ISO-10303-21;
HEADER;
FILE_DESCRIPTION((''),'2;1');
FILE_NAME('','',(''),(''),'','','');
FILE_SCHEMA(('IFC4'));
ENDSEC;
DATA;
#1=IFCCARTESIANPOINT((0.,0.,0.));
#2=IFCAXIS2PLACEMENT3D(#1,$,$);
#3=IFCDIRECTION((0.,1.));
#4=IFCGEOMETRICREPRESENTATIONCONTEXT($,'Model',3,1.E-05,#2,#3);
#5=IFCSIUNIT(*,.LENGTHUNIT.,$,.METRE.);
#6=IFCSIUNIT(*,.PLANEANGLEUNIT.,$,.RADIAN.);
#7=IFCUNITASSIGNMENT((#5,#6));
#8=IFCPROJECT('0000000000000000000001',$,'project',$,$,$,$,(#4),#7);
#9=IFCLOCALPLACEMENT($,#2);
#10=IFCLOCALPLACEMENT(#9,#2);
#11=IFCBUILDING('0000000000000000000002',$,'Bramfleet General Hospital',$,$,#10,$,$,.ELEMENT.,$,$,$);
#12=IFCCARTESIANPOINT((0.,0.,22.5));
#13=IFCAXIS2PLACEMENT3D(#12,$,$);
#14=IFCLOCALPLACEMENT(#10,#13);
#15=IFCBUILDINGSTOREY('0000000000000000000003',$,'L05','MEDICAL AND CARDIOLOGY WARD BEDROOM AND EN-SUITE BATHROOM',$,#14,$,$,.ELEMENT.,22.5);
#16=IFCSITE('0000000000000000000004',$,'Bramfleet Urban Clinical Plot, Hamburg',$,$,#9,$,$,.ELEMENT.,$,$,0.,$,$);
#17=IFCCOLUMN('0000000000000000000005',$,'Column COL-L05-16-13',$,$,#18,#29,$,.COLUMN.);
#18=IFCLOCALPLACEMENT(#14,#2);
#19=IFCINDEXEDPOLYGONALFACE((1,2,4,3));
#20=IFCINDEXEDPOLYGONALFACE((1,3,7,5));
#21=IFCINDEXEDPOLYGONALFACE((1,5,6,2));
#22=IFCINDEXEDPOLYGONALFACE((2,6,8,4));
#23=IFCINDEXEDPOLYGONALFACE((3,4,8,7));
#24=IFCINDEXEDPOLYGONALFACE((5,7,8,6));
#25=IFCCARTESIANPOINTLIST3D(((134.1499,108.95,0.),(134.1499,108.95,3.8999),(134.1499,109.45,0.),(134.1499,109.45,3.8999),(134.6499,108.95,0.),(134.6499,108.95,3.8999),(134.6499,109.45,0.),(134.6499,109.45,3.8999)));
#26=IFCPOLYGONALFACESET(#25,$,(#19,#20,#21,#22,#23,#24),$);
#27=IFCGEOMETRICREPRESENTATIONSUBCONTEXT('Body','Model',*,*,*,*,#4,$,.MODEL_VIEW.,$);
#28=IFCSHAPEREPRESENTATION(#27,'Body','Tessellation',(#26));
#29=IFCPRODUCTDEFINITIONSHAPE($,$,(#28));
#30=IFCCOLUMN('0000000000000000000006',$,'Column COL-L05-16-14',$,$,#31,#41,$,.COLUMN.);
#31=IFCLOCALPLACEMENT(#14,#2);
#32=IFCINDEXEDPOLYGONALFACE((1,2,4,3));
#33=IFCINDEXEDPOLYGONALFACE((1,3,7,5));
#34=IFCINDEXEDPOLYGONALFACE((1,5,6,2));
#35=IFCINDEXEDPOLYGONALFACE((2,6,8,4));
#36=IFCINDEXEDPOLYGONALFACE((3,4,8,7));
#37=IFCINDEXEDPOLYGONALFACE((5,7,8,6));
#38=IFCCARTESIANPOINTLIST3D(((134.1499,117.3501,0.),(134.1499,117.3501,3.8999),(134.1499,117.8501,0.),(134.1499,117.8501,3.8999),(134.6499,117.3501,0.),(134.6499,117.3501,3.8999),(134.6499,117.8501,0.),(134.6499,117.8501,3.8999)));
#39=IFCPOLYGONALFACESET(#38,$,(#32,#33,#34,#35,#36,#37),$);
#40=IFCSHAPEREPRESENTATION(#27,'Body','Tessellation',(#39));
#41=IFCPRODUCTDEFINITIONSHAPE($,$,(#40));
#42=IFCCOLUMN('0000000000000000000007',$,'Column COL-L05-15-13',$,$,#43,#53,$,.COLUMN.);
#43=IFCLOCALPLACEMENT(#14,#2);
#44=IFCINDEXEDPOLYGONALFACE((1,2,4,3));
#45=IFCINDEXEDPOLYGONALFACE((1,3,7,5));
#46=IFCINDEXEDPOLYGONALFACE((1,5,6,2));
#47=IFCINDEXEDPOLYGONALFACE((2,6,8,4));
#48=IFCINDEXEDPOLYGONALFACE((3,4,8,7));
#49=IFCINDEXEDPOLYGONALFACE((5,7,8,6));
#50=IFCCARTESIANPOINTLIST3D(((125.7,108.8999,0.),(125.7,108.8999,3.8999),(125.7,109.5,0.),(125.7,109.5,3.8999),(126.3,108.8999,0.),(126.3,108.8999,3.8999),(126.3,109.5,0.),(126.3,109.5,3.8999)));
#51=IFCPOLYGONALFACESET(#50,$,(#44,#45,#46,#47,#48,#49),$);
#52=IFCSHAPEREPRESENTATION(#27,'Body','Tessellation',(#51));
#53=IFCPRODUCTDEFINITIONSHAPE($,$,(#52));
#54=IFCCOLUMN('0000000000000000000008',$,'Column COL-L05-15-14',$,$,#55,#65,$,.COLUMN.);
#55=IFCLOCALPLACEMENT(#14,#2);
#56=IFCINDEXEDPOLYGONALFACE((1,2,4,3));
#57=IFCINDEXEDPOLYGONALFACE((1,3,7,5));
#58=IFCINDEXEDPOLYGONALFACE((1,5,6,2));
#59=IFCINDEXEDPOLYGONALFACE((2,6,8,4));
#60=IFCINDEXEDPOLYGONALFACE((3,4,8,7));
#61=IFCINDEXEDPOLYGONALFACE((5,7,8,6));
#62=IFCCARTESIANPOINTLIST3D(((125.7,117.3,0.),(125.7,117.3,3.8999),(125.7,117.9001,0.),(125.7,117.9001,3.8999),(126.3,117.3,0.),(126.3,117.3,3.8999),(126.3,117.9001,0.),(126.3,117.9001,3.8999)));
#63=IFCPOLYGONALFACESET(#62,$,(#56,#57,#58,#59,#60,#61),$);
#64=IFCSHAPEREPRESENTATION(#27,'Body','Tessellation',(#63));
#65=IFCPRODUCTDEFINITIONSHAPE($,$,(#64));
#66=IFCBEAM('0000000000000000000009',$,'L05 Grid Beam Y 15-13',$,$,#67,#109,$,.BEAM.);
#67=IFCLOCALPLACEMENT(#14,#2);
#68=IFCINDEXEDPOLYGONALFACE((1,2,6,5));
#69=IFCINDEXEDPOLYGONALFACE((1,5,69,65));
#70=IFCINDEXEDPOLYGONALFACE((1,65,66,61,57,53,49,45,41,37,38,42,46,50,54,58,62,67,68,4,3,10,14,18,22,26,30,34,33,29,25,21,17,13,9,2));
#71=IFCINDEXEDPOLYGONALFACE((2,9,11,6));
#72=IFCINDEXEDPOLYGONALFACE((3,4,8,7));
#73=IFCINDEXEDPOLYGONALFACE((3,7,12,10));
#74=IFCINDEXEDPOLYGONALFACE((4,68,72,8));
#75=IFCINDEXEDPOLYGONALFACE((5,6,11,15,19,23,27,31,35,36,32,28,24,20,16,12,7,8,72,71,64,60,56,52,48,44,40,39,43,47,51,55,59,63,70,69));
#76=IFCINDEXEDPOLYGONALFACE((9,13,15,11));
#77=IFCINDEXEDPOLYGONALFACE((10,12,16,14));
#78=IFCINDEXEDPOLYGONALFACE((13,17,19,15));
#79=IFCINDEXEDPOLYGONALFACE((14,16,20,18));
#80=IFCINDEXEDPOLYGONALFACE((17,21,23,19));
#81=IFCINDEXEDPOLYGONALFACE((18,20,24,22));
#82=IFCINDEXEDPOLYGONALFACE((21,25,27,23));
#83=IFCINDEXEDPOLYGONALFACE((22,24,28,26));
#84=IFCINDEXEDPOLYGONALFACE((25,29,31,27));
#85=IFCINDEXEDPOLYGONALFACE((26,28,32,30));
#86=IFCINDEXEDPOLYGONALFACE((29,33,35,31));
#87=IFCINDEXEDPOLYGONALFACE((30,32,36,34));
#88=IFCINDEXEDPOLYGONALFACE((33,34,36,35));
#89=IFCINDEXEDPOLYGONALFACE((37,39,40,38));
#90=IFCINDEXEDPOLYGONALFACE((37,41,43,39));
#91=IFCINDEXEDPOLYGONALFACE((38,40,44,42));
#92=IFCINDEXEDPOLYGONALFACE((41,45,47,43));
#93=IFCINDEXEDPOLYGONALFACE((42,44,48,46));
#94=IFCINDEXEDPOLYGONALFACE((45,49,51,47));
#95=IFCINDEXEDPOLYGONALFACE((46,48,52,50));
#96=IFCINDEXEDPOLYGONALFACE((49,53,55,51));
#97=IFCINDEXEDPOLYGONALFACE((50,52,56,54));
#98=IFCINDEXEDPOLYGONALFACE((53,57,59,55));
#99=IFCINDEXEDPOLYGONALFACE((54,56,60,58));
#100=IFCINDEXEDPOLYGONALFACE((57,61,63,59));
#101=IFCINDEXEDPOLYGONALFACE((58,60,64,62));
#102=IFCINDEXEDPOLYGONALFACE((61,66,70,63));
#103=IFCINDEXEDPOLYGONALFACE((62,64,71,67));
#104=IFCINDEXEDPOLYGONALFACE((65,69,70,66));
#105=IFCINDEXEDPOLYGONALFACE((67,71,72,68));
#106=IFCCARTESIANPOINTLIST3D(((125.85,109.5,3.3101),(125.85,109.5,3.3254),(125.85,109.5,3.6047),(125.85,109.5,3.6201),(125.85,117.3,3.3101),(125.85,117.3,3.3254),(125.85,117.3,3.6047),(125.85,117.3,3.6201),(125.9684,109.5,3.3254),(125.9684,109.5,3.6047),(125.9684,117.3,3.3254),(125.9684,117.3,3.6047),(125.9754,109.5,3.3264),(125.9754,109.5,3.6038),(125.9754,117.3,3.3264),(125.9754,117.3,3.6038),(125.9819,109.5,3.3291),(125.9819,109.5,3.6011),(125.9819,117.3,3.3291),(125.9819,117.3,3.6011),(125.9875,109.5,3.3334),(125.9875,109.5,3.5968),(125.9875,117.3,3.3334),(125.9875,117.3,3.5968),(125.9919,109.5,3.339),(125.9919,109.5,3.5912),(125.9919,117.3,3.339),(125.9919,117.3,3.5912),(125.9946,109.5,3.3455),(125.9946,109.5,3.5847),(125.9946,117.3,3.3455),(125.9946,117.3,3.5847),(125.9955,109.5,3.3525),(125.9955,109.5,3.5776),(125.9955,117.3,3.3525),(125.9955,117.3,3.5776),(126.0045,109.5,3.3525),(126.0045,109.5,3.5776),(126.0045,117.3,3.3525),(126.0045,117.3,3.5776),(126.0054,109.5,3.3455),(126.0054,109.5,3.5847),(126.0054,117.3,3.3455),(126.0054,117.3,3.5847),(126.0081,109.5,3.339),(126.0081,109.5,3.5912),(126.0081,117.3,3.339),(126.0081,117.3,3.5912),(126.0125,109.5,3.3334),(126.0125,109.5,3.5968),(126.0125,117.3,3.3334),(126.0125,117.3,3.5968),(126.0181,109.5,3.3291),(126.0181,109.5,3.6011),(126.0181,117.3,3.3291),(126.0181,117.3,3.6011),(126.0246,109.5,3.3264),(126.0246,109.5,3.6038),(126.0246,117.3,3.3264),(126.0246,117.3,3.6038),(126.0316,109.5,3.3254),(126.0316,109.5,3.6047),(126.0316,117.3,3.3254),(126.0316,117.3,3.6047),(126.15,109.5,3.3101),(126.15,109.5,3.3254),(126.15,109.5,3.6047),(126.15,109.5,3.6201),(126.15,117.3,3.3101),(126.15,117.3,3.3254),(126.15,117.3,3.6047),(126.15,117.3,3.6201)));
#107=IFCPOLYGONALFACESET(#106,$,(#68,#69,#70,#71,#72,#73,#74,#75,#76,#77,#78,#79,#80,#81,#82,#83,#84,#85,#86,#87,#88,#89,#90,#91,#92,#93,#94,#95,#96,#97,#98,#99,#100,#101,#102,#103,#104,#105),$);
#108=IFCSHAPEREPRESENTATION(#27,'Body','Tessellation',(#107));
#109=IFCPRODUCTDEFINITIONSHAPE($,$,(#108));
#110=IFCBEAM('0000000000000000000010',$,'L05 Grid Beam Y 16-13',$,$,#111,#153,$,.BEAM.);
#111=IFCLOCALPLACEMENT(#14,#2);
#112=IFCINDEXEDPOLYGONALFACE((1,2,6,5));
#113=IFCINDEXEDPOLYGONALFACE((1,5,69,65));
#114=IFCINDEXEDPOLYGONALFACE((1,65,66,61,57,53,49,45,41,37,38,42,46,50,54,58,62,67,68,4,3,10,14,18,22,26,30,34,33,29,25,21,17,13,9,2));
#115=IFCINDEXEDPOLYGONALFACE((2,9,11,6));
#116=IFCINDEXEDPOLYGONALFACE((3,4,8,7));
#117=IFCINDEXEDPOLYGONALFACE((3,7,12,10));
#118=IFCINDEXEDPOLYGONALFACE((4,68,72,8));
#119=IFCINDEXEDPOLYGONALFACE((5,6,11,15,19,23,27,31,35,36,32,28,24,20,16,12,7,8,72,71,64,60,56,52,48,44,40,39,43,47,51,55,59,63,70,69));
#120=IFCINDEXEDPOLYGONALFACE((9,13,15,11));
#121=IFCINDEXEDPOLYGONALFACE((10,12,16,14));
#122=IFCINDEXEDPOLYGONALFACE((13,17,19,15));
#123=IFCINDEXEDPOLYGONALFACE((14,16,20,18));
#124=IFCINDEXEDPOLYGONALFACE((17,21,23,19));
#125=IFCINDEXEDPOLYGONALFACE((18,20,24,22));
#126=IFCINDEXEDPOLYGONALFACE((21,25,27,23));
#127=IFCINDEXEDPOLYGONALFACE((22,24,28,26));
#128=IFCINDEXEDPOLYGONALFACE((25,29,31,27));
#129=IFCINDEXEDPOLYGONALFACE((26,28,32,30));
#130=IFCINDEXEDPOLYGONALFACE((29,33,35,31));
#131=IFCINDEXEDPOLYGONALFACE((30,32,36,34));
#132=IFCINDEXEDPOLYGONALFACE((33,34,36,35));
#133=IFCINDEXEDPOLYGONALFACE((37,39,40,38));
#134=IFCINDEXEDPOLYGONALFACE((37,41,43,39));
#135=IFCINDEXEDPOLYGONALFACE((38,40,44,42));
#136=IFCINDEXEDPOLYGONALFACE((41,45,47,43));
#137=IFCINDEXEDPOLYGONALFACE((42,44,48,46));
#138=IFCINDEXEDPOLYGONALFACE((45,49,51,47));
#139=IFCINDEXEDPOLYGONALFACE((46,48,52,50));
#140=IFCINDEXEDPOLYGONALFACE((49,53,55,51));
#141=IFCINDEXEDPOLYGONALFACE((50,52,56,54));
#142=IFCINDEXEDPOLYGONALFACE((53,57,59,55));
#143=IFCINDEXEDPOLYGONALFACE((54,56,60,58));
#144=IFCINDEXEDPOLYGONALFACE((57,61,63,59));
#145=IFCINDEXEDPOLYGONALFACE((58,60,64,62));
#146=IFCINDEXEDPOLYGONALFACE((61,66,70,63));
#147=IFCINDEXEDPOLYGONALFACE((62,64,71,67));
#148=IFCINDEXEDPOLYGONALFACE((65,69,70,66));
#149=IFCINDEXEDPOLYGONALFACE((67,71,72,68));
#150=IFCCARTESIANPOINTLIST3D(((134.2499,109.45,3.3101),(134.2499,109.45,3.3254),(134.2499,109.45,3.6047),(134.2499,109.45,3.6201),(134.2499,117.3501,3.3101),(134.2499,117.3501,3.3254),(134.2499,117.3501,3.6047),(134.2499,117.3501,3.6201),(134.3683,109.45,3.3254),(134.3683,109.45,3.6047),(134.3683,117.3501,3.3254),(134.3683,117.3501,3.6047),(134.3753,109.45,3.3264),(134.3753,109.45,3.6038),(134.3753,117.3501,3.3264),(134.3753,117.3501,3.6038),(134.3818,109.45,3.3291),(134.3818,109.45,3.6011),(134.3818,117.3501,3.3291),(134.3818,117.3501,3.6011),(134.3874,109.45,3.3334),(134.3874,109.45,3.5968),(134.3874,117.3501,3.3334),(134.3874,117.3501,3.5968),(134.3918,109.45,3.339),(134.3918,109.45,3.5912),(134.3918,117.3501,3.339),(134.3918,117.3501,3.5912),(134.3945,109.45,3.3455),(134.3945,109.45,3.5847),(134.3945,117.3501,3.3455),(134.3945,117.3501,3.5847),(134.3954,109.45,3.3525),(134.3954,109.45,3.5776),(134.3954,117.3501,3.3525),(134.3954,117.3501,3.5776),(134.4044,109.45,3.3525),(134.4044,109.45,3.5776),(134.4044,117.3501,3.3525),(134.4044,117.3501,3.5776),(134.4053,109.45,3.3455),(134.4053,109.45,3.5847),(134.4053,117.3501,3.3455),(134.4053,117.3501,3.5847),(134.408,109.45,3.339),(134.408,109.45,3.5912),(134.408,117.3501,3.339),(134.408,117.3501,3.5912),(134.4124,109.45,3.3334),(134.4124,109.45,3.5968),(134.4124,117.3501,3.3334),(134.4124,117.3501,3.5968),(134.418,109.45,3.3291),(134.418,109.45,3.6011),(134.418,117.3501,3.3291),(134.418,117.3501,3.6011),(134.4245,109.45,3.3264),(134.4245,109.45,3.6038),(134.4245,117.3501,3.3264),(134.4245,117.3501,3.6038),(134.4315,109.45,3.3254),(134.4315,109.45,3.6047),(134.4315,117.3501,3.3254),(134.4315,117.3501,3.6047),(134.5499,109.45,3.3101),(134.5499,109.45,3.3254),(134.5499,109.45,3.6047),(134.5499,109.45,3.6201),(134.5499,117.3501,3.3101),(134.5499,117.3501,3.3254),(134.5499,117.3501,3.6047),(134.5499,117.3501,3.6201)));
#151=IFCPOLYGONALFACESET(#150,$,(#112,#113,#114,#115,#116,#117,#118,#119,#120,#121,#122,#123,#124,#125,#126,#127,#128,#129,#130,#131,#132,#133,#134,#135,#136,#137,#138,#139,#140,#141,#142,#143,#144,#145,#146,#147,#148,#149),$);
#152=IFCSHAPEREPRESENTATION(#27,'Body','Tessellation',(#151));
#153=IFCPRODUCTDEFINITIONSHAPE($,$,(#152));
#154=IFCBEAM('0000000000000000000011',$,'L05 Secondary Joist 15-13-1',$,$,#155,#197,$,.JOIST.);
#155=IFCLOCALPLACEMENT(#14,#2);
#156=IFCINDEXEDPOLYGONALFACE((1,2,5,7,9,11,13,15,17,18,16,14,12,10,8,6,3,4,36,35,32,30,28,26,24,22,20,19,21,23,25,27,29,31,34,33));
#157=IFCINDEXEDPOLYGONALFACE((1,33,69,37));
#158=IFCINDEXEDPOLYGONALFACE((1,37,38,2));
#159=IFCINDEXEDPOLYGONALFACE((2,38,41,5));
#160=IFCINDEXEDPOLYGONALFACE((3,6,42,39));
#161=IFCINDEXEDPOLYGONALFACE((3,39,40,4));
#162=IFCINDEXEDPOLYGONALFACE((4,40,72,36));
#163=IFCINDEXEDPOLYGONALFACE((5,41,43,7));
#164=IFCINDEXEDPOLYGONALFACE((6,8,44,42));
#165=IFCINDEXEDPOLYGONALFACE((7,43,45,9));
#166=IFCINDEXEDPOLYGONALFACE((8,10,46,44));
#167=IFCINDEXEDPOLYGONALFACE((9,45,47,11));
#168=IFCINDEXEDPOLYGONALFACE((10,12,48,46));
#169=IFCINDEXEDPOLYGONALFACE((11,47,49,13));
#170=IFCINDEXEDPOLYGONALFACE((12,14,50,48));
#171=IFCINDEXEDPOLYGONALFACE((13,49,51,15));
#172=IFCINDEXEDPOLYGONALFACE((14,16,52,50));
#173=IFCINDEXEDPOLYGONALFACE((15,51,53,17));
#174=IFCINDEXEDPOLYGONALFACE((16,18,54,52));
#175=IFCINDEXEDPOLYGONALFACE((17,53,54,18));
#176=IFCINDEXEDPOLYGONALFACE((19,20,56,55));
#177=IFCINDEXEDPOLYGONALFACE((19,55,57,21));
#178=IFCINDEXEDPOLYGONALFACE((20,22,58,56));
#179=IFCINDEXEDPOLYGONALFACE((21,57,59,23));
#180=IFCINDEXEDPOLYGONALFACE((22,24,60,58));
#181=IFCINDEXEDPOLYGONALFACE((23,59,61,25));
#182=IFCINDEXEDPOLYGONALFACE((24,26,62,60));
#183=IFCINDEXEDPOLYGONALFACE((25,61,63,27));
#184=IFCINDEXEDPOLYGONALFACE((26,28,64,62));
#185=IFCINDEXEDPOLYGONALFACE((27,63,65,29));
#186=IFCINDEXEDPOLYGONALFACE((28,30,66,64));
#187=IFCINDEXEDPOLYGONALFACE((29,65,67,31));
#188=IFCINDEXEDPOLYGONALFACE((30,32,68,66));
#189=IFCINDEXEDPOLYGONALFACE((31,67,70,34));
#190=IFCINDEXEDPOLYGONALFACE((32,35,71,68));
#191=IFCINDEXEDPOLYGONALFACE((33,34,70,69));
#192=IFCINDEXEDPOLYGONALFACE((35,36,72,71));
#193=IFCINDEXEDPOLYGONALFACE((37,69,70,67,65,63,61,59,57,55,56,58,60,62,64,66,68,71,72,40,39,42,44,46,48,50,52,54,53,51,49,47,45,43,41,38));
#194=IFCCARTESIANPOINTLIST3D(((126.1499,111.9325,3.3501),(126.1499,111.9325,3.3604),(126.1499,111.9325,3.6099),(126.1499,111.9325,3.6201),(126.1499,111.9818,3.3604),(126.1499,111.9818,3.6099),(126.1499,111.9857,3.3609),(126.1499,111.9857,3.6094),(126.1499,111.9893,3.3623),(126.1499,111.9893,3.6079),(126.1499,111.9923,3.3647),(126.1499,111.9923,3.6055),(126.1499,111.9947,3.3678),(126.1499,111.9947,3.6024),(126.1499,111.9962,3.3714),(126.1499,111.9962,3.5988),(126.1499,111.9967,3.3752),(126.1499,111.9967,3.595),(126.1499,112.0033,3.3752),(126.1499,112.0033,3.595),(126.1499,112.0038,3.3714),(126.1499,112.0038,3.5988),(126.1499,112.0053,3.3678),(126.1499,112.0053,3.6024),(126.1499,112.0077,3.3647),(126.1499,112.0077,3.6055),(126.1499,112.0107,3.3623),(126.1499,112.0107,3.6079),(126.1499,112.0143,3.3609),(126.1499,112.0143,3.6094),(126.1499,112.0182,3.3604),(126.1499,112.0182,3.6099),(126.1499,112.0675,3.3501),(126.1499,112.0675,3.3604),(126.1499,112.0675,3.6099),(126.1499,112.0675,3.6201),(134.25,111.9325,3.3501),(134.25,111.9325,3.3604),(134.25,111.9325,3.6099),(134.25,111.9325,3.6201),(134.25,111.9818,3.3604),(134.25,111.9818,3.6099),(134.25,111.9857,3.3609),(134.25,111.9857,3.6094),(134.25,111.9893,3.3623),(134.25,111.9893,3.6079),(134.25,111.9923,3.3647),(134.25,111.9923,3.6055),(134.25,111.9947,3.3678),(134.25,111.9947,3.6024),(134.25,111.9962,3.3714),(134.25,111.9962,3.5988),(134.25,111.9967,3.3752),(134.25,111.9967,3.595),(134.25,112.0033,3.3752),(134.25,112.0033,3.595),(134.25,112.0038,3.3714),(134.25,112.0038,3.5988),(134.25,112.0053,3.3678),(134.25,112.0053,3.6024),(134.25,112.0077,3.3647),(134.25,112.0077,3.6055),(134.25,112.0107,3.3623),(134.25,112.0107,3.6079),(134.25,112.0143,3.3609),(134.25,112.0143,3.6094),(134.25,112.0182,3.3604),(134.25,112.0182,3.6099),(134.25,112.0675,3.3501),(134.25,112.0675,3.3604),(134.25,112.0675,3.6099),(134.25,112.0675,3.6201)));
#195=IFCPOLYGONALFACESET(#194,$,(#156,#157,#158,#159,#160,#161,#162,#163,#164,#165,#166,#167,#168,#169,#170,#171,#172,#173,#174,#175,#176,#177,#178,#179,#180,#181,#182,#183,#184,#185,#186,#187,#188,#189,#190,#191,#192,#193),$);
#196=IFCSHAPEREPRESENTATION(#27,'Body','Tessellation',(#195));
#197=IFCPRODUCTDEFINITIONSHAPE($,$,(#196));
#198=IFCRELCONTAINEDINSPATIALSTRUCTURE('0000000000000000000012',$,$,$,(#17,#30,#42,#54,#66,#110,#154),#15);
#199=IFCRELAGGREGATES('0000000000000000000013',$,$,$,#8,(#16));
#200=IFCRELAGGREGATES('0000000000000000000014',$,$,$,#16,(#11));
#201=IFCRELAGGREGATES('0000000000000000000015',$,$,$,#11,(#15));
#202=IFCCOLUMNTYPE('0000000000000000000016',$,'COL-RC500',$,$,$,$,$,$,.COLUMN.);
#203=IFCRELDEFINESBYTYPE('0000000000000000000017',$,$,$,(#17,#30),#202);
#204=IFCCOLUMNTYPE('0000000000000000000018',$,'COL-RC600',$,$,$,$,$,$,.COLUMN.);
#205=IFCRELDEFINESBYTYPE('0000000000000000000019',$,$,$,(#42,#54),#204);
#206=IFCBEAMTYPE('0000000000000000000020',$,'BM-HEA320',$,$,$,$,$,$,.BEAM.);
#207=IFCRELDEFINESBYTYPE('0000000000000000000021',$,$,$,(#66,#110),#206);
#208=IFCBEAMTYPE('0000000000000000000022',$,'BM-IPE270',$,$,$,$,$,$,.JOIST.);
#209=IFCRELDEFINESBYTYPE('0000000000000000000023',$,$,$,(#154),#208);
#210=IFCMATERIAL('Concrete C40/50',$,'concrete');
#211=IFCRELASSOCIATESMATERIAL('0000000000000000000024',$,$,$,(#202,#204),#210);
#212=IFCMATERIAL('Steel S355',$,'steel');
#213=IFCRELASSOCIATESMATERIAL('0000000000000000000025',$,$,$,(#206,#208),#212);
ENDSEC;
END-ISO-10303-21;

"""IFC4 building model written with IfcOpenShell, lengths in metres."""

from ifc_helpers import new_model, si_unit, direction, frame, origin, origin_2d, place, context, subcontext, project, spatial, rectangle, i_section, extrude, material, material_profile, profile_set, type_object, element, save


model = new_model("IFC4")

# Units and contexts
model_context = context("Model", 3, precision=1e-05, world=origin(), true_north=direction((0.0, 1.0)))
body_context = subcontext(model_context, "Body", "Model", "MODEL_VIEW")
ifc_project = project(units=[si_unit("LENGTHUNIT", "METRE"), si_unit("PLANEANGLEUNIT", "RADIAN")], contexts=[model_context])

# Site, building, storey
site_placement = place(None, origin())
site = spatial("IfcSite", under=ifc_project, at=site_placement, Name="Bramfleet Urban Clinical Plot, Hamburg", CompositionType="ELEMENT", RefElevation=0.0)
building_placement = place(site_placement, origin())
building = spatial("IfcBuilding", under=site, at=building_placement, Name="Bramfleet General Hospital", CompositionType="ELEMENT")
storey_placement = place(building_placement, frame((0.0, 0.0, 22.5)))
storey = spatial("IfcBuildingStorey", under=building, at=storey_placement, Name="L05", Description="MEDICAL AND CARDIOLOGY WARD BEDROOM AND EN-SUITE BATHROOM", CompositionType="ELEMENT", Elevation=22.5)

# Columns
ifc_material_1 = material(Name="Concrete C40/50", Category="concrete")
ifc_material_profile_1 = material_profile(ifc_material_1, rectangle(XDim=0.5, YDim=0.5, at=origin_2d()), Name="RC COL 500x500")
ifc_profile_set_1 = profile_set([ifc_material_profile_1], Name="Concrete C40/50")
column_type_1 = type_object("IfcColumnType", Name="COL-RC500", PredefinedType="COLUMN", material=ifc_profile_set_1)
for number, where, z_axis, x_axis, name in (
    (1, (134.3999, 109.2, 0.0), (0.0, 0.0, 1.0), (1.0, 0.0, 0.0), "Column COL-L05-16-13"),
    (2, (134.3999, 117.6001, 0.0), (0.0, 0.0, 1.0), (1.0, 0.0, 0.0), "Column COL-L05-16-14"),
):
    element("IfcColumn", number, at=place(storey_placement, frame(where, z_axis=z_axis, x_axis=x_axis)), inside=storey, type_object=column_type_1, Name=name, PredefinedType="COLUMN", context=body_context, shape_type="SweptSolid", body=[
        extrude(rectangle(XDim=0.5, YDim=0.5, at=origin_2d()), origin(), (0.0, 0.0, 1.0), 3.8999),
    ])
ifc_material_profile_2 = material_profile(ifc_material_1, rectangle(XDim=0.6001, YDim=0.6001, at=origin_2d()), Name="RC COL 600x600")
ifc_profile_set_2 = profile_set([ifc_material_profile_2], Name="Concrete C40/50")
column_type_2 = type_object("IfcColumnType", Name="COL-RC600", PredefinedType="COLUMN", material=ifc_profile_set_2)
for number, where, z_axis, x_axis, name in (
    (3, (126.0, 109.2, 0.0), (0.0, 0.0, 1.0), (1.0, 0.0, 0.0), "Column COL-L05-15-13"),
    (4, (126.0, 117.6001, 0.0), (0.0, 0.0, 1.0), (1.0, 0.0, 0.0), "Column COL-L05-15-14"),
):
    element("IfcColumn", number, at=place(storey_placement, frame(where, z_axis=z_axis, x_axis=x_axis)), inside=storey, type_object=column_type_2, Name=name, PredefinedType="COLUMN", context=body_context, shape_type="SweptSolid", body=[
        extrude(rectangle(XDim=0.6001, YDim=0.6001, at=origin_2d()), origin(), (0.0, 0.0, 1.0), 3.8999),
    ])

# Beams
ifc_material_2 = material(Name="Steel S355", Category="steel")
ifc_material_profile_3 = material_profile(ifc_material_2, i_section(OverallWidth=0.3, OverallDepth=0.3101, WebThickness=0.009, FlangeThickness=0.0154, FilletRadius=0.0271, at=origin_2d()), Name="HEA 320")
ifc_profile_set_3 = profile_set([ifc_material_profile_3], Name="Steel S355")
beam_type_1 = type_object("IfcBeamType", Name="BM-HEA320", PredefinedType="BEAM", material=ifc_profile_set_3)
beam_1_placement = place(storey_placement, frame((126.0, 109.5, 3.4651), z_axis=(0.0, 1.0, 0.0), x_axis=(-1.0, 0.0, 0.0)))
element("IfcBeam", 5, at=beam_1_placement, inside=storey, type_object=beam_type_1, Name="L05 Grid Beam Y 15-13", PredefinedType="BEAM", context=body_context, shape_type="SweptSolid", body=[
    extrude(i_section(OverallWidth=0.3, OverallDepth=0.3101, WebThickness=0.009, FlangeThickness=0.0154, FilletRadius=0.0271, at=origin_2d()), origin(), (0.0, 0.0, 1.0), 7.8),
])
beam_2_placement = place(storey_placement, frame((134.3999, 109.45, 3.4651), z_axis=(0.0, 1.0, 0.0), x_axis=(-1.0, 0.0, 0.0)))
element("IfcBeam", 6, at=beam_2_placement, inside=storey, type_object=beam_type_1, Name="L05 Grid Beam Y 16-13", PredefinedType="BEAM", context=body_context, shape_type="SweptSolid", body=[
    extrude(i_section(OverallWidth=0.3, OverallDepth=0.3101, WebThickness=0.009, FlangeThickness=0.0154, FilletRadius=0.0271, at=origin_2d()), origin(), (0.0, 0.0, 1.0), 7.9001),
])
ifc_material_profile_4 = material_profile(ifc_material_2, i_section(OverallWidth=0.135, OverallDepth=0.27, WebThickness=0.0066, FlangeThickness=0.0103, FilletRadius=0.0149, at=origin_2d()), Name="IPE 270")
ifc_profile_set_4 = profile_set([ifc_material_profile_4], Name="Steel S355")
beam_type_2 = type_object("IfcBeamType", Name="BM-IPE270", PredefinedType="JOIST", material=ifc_profile_set_4)
for number, where, z_axis, x_axis, name in (
    (7, (126.1499, 112.0, 3.4851), (1.0, 0.0, 0.0), (0.0, 1.0, 0.0), "L05 Secondary Joist 15-13-1"),
):
    element("IfcBeam", number, at=place(storey_placement, frame(where, z_axis=z_axis, x_axis=x_axis)), inside=storey, type_object=beam_type_2, Name=name, PredefinedType="JOIST", context=body_context, shape_type="SweptSolid", body=[
        extrude(i_section(OverallWidth=0.135, OverallDepth=0.27, WebThickness=0.0066, FlangeThickness=0.0103, FilletRadius=0.0149, at=origin_2d()), origin(), (0.0, 0.0, 1.0), 8.1001),
    ])

save(model, "model.ifc")
